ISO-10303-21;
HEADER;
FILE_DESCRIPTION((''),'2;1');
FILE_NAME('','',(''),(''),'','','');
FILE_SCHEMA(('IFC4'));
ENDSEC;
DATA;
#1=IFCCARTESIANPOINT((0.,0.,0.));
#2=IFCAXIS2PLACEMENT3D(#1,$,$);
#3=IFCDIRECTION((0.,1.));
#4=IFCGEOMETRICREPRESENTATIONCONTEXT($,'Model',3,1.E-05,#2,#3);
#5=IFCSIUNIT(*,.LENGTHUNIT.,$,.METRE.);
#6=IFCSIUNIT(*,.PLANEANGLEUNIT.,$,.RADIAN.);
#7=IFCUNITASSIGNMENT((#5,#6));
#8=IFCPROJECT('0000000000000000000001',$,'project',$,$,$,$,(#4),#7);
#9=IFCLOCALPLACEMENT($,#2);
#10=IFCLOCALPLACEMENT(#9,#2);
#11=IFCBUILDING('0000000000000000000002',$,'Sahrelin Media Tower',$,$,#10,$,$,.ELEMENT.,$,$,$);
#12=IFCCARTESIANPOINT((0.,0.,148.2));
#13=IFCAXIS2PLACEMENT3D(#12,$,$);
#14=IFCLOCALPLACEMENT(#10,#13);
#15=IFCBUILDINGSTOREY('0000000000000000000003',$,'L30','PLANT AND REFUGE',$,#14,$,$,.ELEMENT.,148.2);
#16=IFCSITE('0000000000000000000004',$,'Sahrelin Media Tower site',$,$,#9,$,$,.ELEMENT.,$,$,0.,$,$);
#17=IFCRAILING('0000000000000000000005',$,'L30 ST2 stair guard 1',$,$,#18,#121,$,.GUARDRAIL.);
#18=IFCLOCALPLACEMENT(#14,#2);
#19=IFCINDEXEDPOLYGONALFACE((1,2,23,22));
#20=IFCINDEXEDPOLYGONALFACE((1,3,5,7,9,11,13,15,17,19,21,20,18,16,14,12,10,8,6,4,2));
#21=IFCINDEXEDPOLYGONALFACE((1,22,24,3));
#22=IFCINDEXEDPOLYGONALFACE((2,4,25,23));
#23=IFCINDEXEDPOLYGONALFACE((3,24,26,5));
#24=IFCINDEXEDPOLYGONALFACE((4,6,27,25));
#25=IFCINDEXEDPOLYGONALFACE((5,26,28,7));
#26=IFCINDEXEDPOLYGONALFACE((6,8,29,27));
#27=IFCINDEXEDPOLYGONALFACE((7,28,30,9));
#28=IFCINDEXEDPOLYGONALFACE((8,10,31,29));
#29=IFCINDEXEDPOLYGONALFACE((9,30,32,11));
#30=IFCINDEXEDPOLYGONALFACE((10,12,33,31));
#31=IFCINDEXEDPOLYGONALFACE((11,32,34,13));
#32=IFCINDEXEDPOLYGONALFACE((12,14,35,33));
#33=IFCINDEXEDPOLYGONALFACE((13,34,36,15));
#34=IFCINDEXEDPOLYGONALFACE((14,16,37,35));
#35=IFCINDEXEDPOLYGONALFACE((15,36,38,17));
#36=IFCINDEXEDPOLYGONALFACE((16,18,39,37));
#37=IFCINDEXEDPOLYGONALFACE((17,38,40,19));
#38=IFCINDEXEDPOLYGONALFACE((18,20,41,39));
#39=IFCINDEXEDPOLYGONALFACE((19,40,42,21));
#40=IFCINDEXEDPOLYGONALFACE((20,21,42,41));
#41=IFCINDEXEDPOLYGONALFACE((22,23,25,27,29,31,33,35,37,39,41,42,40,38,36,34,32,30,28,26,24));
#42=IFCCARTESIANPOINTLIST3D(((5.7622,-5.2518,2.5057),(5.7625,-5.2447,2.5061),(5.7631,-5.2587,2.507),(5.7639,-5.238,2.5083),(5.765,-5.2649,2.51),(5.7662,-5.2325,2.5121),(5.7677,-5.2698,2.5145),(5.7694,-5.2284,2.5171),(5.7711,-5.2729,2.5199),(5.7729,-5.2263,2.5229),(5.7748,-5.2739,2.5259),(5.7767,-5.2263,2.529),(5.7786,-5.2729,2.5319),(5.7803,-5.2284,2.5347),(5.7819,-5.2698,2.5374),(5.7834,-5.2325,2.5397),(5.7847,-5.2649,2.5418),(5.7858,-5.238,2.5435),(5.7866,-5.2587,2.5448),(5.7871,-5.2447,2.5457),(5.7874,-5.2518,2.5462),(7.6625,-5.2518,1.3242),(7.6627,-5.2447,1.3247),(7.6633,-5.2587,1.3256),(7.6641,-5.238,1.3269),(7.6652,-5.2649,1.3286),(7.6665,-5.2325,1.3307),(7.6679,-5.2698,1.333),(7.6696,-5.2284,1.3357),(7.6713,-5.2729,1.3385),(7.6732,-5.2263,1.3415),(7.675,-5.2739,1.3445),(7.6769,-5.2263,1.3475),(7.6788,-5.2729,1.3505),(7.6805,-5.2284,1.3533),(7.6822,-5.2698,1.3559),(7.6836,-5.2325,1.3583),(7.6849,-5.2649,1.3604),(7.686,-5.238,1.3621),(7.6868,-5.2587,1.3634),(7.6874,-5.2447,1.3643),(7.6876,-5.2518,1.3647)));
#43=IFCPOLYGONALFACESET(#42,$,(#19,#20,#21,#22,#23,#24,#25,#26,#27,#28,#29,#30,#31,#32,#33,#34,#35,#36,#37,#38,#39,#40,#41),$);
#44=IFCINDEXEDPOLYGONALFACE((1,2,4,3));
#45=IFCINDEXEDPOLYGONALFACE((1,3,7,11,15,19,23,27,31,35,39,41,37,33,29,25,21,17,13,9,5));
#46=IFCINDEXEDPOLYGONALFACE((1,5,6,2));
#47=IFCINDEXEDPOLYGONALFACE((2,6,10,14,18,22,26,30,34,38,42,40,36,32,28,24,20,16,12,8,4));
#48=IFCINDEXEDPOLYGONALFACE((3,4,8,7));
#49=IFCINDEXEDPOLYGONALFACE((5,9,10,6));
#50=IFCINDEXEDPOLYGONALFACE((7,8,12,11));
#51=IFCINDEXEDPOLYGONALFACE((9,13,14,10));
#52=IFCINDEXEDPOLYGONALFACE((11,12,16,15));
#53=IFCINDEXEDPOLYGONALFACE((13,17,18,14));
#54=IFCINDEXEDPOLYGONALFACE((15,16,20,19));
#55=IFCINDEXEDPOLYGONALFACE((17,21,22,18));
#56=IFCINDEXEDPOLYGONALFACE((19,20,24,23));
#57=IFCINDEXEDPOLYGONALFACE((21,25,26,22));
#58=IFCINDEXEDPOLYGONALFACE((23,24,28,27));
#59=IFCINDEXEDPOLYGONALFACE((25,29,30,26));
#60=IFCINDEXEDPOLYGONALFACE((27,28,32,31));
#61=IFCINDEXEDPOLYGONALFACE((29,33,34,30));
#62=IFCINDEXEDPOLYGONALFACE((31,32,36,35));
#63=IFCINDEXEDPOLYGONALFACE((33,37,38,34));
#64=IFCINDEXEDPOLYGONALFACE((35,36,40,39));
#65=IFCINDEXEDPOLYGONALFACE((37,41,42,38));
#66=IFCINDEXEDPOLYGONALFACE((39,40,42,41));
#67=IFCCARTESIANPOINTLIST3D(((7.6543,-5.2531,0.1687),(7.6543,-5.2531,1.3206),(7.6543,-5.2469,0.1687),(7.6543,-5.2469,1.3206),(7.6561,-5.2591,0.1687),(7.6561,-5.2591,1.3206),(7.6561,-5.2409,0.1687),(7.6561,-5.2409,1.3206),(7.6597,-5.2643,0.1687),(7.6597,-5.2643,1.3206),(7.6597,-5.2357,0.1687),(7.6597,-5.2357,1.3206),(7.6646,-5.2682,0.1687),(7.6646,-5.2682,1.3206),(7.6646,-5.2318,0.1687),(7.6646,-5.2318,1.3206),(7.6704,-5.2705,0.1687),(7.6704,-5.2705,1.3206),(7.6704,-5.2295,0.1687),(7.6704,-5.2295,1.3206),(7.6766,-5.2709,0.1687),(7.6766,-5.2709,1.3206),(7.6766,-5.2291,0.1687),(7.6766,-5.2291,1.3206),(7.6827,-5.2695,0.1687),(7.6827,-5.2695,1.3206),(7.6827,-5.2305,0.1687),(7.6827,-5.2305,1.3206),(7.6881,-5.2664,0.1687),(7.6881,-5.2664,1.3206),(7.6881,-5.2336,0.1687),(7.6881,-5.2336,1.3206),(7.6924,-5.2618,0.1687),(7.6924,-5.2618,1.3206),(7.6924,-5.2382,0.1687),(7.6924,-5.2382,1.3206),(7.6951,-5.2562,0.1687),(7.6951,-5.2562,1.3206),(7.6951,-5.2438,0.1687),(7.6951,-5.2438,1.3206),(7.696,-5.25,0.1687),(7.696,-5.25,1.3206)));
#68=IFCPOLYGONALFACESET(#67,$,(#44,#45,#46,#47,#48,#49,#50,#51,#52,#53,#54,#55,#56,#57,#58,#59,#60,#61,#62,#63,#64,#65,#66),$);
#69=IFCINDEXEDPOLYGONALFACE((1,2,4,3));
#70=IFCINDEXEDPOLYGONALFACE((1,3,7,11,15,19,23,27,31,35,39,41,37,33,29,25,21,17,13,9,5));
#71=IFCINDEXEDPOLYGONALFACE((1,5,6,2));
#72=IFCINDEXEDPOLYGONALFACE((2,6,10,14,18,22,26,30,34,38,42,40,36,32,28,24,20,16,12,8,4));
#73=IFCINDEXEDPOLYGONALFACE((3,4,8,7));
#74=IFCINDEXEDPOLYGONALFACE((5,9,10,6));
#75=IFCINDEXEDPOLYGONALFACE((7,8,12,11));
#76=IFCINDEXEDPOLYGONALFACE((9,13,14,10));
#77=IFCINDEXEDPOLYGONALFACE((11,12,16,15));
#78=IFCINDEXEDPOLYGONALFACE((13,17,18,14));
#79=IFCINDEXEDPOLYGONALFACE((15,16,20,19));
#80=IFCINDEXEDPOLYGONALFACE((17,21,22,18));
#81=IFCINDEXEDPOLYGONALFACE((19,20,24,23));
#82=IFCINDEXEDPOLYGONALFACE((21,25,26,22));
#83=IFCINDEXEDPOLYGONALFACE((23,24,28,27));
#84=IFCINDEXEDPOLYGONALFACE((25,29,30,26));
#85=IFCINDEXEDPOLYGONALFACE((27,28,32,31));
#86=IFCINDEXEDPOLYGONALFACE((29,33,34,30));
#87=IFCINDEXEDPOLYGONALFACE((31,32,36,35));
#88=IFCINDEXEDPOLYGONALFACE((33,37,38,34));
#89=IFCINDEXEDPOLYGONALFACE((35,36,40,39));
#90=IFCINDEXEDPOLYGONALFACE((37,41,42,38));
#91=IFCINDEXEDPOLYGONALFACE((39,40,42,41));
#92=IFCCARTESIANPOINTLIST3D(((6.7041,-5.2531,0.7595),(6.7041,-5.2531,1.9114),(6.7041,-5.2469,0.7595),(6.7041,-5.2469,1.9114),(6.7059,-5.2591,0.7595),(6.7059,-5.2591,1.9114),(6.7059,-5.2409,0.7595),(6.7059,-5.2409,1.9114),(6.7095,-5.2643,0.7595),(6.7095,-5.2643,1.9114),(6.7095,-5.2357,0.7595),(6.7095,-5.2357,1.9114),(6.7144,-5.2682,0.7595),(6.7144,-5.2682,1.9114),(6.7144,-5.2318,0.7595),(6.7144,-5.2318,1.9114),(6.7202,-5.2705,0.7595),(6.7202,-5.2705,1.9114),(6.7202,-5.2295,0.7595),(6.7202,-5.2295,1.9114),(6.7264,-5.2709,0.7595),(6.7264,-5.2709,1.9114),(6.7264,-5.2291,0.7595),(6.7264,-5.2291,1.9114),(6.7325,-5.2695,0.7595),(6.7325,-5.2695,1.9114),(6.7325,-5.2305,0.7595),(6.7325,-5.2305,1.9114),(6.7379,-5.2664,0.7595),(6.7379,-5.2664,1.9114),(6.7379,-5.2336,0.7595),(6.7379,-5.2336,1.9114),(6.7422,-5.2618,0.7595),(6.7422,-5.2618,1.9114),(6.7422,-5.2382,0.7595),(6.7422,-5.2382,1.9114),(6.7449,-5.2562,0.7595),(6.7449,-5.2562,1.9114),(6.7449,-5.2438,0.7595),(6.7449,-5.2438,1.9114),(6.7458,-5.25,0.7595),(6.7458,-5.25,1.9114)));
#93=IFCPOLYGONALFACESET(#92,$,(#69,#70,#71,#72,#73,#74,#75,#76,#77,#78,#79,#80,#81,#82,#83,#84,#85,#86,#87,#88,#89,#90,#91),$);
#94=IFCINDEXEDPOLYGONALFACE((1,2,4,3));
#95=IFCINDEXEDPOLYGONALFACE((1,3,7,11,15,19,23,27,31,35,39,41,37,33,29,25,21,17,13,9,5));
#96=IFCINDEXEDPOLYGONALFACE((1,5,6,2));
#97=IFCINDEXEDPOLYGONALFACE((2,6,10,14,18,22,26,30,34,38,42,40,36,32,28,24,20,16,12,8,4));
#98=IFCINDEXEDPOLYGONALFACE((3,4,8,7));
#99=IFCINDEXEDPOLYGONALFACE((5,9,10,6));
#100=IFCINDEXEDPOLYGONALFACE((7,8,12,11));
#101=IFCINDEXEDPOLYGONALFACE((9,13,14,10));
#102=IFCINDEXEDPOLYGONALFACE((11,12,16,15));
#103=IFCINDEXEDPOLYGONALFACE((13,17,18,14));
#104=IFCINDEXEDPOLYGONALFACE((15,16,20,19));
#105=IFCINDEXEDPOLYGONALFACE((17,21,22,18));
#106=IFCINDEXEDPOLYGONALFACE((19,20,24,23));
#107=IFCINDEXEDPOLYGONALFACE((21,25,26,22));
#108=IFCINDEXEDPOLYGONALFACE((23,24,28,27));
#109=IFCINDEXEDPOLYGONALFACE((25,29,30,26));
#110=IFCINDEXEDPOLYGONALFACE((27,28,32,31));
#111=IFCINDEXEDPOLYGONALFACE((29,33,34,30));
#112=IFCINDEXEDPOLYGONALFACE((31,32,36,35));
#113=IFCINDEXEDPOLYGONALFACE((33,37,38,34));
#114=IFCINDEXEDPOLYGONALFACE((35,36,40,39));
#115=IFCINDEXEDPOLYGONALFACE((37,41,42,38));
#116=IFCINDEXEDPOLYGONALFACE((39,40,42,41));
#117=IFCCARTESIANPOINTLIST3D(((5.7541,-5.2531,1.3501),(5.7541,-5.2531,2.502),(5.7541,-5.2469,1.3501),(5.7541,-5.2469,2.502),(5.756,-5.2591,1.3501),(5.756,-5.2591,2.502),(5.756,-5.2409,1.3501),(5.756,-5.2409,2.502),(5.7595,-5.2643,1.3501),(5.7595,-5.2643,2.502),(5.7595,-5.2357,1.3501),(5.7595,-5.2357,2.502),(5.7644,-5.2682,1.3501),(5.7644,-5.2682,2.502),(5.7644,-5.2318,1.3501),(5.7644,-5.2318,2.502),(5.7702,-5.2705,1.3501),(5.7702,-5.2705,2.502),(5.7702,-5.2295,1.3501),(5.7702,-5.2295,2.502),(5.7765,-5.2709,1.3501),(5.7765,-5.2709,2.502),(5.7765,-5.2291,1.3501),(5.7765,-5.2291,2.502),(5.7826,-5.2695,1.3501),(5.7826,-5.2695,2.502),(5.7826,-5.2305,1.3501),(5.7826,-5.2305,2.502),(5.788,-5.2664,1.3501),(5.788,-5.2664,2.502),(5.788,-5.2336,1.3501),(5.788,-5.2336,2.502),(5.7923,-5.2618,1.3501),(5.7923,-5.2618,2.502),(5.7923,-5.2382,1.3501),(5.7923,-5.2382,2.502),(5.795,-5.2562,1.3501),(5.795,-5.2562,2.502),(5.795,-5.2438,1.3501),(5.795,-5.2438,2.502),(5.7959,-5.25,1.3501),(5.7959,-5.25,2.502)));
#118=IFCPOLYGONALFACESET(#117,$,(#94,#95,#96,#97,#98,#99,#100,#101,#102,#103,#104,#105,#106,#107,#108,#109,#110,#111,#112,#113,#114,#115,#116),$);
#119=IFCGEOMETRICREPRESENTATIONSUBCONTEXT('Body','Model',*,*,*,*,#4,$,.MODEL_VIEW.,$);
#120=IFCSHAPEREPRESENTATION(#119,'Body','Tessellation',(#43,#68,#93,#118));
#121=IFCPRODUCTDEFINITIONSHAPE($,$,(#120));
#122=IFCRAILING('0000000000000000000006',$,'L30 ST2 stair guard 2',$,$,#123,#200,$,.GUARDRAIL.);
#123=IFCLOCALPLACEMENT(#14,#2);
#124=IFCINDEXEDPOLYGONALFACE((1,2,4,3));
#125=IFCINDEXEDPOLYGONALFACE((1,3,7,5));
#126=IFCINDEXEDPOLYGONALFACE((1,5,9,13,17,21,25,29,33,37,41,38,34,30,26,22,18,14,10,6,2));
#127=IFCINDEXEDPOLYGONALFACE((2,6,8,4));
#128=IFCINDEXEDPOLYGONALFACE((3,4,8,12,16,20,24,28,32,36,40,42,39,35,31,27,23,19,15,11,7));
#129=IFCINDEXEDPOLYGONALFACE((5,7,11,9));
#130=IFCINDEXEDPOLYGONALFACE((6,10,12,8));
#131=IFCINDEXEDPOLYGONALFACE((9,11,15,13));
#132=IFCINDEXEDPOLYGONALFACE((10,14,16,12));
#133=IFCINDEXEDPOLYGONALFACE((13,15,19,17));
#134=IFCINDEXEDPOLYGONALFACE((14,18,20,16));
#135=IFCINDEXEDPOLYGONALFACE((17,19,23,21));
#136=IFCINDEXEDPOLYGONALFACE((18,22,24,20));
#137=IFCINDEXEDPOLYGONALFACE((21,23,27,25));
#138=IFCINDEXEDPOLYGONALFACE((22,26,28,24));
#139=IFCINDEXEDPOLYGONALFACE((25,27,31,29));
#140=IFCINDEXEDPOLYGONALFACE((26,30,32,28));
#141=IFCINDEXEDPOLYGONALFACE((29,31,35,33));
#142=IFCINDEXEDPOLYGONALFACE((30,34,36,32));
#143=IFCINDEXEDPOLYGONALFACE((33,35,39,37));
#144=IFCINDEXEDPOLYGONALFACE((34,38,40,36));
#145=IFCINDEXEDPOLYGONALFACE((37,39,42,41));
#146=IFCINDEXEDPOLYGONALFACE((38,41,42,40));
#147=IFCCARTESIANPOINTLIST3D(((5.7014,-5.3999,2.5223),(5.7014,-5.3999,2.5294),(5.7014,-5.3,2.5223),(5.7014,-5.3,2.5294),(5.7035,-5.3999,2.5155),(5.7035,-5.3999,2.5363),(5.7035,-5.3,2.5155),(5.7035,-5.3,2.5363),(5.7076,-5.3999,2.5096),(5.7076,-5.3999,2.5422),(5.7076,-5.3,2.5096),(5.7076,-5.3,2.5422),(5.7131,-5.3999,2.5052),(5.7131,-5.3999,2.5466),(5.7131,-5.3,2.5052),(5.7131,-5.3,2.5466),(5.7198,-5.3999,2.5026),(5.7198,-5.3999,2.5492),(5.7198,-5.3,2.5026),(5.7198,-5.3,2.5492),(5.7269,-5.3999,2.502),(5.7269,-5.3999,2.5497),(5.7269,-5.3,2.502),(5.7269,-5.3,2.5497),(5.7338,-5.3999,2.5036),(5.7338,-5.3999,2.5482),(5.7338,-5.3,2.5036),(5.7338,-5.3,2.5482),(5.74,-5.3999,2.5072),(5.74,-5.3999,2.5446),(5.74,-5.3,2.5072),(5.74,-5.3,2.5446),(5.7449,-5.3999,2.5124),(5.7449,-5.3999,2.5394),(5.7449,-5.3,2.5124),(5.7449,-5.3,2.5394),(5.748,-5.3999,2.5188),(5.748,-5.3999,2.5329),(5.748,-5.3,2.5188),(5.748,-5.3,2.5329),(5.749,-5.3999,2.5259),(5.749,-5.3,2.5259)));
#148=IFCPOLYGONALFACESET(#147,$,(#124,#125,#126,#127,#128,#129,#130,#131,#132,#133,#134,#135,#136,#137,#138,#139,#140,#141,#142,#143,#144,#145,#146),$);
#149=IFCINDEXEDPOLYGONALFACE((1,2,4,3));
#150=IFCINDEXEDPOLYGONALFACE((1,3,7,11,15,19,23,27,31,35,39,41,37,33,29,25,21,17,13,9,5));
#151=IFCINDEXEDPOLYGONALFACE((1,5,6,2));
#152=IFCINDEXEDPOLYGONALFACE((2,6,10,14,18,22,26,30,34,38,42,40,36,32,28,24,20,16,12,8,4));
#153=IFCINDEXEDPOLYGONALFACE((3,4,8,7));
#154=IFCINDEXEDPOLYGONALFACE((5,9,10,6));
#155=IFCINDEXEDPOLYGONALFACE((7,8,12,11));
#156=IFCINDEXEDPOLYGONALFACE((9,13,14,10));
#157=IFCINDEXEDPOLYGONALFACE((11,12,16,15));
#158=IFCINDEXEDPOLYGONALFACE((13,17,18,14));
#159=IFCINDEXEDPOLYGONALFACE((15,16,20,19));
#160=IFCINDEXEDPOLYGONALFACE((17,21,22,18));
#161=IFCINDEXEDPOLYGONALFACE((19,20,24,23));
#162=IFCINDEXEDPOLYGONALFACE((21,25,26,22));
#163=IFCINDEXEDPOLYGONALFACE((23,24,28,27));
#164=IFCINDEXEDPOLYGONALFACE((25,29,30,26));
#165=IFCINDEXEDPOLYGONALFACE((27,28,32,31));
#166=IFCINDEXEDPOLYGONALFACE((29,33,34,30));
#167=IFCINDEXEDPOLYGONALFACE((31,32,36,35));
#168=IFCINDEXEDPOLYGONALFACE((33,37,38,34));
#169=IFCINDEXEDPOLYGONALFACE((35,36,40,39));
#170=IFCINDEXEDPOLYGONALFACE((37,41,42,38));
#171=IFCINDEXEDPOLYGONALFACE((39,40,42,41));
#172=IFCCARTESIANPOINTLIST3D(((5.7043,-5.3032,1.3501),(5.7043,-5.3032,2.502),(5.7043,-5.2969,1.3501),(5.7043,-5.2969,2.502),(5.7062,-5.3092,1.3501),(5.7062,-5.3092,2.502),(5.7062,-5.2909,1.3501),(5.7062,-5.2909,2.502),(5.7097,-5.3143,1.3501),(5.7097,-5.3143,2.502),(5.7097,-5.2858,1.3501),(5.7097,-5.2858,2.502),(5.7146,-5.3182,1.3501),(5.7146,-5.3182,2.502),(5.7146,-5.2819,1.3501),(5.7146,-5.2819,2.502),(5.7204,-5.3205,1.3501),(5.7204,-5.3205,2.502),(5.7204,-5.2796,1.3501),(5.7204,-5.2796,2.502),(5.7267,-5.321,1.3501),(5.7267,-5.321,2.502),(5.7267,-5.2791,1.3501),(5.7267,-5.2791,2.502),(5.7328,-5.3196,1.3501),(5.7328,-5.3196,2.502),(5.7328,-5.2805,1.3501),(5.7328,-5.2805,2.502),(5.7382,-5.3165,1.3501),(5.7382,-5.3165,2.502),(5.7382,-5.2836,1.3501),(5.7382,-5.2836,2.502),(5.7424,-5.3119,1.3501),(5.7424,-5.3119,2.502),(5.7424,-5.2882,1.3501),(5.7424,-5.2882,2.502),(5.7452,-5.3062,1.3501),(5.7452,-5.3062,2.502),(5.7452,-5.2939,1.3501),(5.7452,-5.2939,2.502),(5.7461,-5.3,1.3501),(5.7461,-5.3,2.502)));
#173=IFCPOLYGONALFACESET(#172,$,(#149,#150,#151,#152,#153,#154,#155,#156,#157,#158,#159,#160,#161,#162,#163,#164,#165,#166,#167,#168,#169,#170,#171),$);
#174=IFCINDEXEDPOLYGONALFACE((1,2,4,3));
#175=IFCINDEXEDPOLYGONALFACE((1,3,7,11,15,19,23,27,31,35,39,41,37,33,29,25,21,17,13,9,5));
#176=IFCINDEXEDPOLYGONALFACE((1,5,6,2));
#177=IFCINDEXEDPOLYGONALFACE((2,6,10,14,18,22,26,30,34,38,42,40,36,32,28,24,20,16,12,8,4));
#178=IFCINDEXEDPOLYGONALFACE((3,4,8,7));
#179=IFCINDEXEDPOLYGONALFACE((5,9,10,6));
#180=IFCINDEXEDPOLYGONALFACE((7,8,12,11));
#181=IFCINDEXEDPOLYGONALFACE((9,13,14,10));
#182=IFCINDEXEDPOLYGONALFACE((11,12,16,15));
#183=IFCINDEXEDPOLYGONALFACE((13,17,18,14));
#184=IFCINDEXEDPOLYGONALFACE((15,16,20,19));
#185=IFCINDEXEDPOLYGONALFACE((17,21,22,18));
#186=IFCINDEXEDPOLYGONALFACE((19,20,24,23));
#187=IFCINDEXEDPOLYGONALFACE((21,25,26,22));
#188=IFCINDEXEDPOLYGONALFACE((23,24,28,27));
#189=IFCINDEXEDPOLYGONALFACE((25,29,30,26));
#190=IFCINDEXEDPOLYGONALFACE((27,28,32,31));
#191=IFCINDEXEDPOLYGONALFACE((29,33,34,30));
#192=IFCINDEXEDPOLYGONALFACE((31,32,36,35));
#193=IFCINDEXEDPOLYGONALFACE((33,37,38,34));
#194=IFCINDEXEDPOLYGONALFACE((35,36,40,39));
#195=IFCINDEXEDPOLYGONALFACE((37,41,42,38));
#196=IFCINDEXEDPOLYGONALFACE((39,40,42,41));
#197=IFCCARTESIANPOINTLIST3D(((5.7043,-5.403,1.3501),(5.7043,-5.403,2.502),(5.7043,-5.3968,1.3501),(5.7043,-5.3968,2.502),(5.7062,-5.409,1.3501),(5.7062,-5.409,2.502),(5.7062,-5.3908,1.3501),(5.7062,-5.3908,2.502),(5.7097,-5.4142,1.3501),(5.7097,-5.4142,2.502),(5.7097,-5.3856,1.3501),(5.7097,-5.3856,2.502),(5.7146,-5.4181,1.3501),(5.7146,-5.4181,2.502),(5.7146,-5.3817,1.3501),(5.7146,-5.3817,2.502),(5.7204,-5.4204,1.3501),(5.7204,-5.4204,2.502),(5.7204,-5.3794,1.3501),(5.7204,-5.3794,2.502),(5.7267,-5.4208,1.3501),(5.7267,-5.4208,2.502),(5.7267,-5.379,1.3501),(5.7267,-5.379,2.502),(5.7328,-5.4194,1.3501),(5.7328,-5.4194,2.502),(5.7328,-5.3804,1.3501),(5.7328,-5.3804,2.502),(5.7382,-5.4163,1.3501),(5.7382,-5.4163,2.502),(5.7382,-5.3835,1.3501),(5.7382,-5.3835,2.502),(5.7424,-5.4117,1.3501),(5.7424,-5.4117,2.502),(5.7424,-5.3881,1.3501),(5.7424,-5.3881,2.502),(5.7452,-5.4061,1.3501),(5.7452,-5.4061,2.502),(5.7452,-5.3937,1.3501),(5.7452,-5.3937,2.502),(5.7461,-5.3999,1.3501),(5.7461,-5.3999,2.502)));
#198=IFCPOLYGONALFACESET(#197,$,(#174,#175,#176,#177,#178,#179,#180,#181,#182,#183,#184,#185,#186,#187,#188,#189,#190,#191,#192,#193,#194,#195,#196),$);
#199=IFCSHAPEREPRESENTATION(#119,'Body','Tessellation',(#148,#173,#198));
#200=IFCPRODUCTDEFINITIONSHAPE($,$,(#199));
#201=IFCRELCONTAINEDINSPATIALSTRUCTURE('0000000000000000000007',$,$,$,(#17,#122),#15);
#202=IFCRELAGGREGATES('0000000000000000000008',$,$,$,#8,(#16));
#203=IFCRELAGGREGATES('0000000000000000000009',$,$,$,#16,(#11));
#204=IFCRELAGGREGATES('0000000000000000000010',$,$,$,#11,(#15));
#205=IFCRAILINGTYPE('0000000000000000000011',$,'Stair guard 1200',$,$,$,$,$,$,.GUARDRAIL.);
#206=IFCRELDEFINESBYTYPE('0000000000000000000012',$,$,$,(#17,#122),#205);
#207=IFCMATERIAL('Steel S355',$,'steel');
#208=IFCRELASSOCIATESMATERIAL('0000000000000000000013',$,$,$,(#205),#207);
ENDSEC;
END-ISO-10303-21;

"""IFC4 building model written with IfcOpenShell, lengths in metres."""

from ifc_helpers import new_model, si_unit, direction, frame, origin, origin_2d, place, context, subcontext, project, spatial, circle, extrude, material, type_object, element, save


model = new_model("IFC4")

# Units and contexts
model_context = context("Model", 3, precision=1e-05, world=origin(), true_north=direction((0.0, 1.0)))
body_context = subcontext(model_context, "Body", "Model", "MODEL_VIEW")
ifc_project = project(units=[si_unit("LENGTHUNIT", "METRE"), si_unit("PLANEANGLEUNIT", "RADIAN")], contexts=[model_context])

# Site, building, storey
site_placement = place(None, origin())
site = spatial("IfcSite", under=ifc_project, at=site_placement, Name="Sahrelin Media Tower site", CompositionType="ELEMENT", RefElevation=0.0)
building_placement = place(site_placement, origin())
building = spatial("IfcBuilding", under=site, at=building_placement, Name="Sahrelin Media Tower", CompositionType="ELEMENT")
storey_placement = place(building_placement, frame((0.0, 0.0, 148.2)))
storey = spatial("IfcBuildingStorey", under=building, at=storey_placement, Name="L30", Description="PLANT AND REFUGE", CompositionType="ELEMENT", Elevation=148.2)

# Shared definitions
ifc_material_1 = material(Name="Steel S355", Category="steel")

# Railings
railing_type_1 = type_object("IfcRailingType", Name="Stair guard 1200", PredefinedType="GUARDRAIL", material=ifc_material_1)
railing_1_placement = place(storey_placement, frame((7.675, -5.25, 0.1687)))
element("IfcRailing", 1, at=railing_1_placement, inside=storey, type_object=railing_type_1, Name="L30 ST2 stair guard 1", PredefinedType="GUARDRAIL", context=body_context, shape_type="SweptSolid", body=[
    extrude(circle(Radius=0.0239, at=origin_2d()), frame((0.0, 0.0, 1.1758), z_axis=(-0.84924, 0.0, 0.528006), x_axis=(0.0, -1.0, 0.0)), (0.0, 0.0, 1.0), 2.2375),
    extrude(circle(Radius=0.021, at=origin_2d()), origin(), (0.0, 0.0, 1.0), 1.1519),
    extrude(circle(Radius=0.021, at=origin_2d()), frame((-0.9502, 0.0, 0.5908)), (0.0, 0.0, 1.0), 1.1519),
    extrude(circle(Radius=0.021, at=origin_2d()), frame((-1.9001, 0.0, 1.1814)), (0.0, 0.0, 1.0), 1.1519),
])
for number, where, name in (
    (2, (5.7251, -5.3, 1.3501), "L30 ST2 stair guard 2"),
):
    element("IfcRailing", number, at=place(storey_placement, frame(where)), inside=storey, type_object=railing_type_1, Name=name, PredefinedType="GUARDRAIL", context=body_context, shape_type="SweptSolid", body=[
        extrude(circle(Radius=0.0239, at=origin_2d()), frame((0.0, 0.0, 1.1758), z_axis=(0.0, -1.0, 0.0), x_axis=(1.0, 0.0, 0.0)), (0.0, 0.0, 1.0), 0.0999),
        extrude(circle(Radius=0.021, at=origin_2d()), origin(), (0.0, 0.0, 1.0), 1.1519),
        extrude(circle(Radius=0.021, at=origin_2d()), frame((0.0, -0.0999, 0.0)), (0.0, 0.0, 1.0), 1.1519),
    ])

save(model, "model.ifc")
